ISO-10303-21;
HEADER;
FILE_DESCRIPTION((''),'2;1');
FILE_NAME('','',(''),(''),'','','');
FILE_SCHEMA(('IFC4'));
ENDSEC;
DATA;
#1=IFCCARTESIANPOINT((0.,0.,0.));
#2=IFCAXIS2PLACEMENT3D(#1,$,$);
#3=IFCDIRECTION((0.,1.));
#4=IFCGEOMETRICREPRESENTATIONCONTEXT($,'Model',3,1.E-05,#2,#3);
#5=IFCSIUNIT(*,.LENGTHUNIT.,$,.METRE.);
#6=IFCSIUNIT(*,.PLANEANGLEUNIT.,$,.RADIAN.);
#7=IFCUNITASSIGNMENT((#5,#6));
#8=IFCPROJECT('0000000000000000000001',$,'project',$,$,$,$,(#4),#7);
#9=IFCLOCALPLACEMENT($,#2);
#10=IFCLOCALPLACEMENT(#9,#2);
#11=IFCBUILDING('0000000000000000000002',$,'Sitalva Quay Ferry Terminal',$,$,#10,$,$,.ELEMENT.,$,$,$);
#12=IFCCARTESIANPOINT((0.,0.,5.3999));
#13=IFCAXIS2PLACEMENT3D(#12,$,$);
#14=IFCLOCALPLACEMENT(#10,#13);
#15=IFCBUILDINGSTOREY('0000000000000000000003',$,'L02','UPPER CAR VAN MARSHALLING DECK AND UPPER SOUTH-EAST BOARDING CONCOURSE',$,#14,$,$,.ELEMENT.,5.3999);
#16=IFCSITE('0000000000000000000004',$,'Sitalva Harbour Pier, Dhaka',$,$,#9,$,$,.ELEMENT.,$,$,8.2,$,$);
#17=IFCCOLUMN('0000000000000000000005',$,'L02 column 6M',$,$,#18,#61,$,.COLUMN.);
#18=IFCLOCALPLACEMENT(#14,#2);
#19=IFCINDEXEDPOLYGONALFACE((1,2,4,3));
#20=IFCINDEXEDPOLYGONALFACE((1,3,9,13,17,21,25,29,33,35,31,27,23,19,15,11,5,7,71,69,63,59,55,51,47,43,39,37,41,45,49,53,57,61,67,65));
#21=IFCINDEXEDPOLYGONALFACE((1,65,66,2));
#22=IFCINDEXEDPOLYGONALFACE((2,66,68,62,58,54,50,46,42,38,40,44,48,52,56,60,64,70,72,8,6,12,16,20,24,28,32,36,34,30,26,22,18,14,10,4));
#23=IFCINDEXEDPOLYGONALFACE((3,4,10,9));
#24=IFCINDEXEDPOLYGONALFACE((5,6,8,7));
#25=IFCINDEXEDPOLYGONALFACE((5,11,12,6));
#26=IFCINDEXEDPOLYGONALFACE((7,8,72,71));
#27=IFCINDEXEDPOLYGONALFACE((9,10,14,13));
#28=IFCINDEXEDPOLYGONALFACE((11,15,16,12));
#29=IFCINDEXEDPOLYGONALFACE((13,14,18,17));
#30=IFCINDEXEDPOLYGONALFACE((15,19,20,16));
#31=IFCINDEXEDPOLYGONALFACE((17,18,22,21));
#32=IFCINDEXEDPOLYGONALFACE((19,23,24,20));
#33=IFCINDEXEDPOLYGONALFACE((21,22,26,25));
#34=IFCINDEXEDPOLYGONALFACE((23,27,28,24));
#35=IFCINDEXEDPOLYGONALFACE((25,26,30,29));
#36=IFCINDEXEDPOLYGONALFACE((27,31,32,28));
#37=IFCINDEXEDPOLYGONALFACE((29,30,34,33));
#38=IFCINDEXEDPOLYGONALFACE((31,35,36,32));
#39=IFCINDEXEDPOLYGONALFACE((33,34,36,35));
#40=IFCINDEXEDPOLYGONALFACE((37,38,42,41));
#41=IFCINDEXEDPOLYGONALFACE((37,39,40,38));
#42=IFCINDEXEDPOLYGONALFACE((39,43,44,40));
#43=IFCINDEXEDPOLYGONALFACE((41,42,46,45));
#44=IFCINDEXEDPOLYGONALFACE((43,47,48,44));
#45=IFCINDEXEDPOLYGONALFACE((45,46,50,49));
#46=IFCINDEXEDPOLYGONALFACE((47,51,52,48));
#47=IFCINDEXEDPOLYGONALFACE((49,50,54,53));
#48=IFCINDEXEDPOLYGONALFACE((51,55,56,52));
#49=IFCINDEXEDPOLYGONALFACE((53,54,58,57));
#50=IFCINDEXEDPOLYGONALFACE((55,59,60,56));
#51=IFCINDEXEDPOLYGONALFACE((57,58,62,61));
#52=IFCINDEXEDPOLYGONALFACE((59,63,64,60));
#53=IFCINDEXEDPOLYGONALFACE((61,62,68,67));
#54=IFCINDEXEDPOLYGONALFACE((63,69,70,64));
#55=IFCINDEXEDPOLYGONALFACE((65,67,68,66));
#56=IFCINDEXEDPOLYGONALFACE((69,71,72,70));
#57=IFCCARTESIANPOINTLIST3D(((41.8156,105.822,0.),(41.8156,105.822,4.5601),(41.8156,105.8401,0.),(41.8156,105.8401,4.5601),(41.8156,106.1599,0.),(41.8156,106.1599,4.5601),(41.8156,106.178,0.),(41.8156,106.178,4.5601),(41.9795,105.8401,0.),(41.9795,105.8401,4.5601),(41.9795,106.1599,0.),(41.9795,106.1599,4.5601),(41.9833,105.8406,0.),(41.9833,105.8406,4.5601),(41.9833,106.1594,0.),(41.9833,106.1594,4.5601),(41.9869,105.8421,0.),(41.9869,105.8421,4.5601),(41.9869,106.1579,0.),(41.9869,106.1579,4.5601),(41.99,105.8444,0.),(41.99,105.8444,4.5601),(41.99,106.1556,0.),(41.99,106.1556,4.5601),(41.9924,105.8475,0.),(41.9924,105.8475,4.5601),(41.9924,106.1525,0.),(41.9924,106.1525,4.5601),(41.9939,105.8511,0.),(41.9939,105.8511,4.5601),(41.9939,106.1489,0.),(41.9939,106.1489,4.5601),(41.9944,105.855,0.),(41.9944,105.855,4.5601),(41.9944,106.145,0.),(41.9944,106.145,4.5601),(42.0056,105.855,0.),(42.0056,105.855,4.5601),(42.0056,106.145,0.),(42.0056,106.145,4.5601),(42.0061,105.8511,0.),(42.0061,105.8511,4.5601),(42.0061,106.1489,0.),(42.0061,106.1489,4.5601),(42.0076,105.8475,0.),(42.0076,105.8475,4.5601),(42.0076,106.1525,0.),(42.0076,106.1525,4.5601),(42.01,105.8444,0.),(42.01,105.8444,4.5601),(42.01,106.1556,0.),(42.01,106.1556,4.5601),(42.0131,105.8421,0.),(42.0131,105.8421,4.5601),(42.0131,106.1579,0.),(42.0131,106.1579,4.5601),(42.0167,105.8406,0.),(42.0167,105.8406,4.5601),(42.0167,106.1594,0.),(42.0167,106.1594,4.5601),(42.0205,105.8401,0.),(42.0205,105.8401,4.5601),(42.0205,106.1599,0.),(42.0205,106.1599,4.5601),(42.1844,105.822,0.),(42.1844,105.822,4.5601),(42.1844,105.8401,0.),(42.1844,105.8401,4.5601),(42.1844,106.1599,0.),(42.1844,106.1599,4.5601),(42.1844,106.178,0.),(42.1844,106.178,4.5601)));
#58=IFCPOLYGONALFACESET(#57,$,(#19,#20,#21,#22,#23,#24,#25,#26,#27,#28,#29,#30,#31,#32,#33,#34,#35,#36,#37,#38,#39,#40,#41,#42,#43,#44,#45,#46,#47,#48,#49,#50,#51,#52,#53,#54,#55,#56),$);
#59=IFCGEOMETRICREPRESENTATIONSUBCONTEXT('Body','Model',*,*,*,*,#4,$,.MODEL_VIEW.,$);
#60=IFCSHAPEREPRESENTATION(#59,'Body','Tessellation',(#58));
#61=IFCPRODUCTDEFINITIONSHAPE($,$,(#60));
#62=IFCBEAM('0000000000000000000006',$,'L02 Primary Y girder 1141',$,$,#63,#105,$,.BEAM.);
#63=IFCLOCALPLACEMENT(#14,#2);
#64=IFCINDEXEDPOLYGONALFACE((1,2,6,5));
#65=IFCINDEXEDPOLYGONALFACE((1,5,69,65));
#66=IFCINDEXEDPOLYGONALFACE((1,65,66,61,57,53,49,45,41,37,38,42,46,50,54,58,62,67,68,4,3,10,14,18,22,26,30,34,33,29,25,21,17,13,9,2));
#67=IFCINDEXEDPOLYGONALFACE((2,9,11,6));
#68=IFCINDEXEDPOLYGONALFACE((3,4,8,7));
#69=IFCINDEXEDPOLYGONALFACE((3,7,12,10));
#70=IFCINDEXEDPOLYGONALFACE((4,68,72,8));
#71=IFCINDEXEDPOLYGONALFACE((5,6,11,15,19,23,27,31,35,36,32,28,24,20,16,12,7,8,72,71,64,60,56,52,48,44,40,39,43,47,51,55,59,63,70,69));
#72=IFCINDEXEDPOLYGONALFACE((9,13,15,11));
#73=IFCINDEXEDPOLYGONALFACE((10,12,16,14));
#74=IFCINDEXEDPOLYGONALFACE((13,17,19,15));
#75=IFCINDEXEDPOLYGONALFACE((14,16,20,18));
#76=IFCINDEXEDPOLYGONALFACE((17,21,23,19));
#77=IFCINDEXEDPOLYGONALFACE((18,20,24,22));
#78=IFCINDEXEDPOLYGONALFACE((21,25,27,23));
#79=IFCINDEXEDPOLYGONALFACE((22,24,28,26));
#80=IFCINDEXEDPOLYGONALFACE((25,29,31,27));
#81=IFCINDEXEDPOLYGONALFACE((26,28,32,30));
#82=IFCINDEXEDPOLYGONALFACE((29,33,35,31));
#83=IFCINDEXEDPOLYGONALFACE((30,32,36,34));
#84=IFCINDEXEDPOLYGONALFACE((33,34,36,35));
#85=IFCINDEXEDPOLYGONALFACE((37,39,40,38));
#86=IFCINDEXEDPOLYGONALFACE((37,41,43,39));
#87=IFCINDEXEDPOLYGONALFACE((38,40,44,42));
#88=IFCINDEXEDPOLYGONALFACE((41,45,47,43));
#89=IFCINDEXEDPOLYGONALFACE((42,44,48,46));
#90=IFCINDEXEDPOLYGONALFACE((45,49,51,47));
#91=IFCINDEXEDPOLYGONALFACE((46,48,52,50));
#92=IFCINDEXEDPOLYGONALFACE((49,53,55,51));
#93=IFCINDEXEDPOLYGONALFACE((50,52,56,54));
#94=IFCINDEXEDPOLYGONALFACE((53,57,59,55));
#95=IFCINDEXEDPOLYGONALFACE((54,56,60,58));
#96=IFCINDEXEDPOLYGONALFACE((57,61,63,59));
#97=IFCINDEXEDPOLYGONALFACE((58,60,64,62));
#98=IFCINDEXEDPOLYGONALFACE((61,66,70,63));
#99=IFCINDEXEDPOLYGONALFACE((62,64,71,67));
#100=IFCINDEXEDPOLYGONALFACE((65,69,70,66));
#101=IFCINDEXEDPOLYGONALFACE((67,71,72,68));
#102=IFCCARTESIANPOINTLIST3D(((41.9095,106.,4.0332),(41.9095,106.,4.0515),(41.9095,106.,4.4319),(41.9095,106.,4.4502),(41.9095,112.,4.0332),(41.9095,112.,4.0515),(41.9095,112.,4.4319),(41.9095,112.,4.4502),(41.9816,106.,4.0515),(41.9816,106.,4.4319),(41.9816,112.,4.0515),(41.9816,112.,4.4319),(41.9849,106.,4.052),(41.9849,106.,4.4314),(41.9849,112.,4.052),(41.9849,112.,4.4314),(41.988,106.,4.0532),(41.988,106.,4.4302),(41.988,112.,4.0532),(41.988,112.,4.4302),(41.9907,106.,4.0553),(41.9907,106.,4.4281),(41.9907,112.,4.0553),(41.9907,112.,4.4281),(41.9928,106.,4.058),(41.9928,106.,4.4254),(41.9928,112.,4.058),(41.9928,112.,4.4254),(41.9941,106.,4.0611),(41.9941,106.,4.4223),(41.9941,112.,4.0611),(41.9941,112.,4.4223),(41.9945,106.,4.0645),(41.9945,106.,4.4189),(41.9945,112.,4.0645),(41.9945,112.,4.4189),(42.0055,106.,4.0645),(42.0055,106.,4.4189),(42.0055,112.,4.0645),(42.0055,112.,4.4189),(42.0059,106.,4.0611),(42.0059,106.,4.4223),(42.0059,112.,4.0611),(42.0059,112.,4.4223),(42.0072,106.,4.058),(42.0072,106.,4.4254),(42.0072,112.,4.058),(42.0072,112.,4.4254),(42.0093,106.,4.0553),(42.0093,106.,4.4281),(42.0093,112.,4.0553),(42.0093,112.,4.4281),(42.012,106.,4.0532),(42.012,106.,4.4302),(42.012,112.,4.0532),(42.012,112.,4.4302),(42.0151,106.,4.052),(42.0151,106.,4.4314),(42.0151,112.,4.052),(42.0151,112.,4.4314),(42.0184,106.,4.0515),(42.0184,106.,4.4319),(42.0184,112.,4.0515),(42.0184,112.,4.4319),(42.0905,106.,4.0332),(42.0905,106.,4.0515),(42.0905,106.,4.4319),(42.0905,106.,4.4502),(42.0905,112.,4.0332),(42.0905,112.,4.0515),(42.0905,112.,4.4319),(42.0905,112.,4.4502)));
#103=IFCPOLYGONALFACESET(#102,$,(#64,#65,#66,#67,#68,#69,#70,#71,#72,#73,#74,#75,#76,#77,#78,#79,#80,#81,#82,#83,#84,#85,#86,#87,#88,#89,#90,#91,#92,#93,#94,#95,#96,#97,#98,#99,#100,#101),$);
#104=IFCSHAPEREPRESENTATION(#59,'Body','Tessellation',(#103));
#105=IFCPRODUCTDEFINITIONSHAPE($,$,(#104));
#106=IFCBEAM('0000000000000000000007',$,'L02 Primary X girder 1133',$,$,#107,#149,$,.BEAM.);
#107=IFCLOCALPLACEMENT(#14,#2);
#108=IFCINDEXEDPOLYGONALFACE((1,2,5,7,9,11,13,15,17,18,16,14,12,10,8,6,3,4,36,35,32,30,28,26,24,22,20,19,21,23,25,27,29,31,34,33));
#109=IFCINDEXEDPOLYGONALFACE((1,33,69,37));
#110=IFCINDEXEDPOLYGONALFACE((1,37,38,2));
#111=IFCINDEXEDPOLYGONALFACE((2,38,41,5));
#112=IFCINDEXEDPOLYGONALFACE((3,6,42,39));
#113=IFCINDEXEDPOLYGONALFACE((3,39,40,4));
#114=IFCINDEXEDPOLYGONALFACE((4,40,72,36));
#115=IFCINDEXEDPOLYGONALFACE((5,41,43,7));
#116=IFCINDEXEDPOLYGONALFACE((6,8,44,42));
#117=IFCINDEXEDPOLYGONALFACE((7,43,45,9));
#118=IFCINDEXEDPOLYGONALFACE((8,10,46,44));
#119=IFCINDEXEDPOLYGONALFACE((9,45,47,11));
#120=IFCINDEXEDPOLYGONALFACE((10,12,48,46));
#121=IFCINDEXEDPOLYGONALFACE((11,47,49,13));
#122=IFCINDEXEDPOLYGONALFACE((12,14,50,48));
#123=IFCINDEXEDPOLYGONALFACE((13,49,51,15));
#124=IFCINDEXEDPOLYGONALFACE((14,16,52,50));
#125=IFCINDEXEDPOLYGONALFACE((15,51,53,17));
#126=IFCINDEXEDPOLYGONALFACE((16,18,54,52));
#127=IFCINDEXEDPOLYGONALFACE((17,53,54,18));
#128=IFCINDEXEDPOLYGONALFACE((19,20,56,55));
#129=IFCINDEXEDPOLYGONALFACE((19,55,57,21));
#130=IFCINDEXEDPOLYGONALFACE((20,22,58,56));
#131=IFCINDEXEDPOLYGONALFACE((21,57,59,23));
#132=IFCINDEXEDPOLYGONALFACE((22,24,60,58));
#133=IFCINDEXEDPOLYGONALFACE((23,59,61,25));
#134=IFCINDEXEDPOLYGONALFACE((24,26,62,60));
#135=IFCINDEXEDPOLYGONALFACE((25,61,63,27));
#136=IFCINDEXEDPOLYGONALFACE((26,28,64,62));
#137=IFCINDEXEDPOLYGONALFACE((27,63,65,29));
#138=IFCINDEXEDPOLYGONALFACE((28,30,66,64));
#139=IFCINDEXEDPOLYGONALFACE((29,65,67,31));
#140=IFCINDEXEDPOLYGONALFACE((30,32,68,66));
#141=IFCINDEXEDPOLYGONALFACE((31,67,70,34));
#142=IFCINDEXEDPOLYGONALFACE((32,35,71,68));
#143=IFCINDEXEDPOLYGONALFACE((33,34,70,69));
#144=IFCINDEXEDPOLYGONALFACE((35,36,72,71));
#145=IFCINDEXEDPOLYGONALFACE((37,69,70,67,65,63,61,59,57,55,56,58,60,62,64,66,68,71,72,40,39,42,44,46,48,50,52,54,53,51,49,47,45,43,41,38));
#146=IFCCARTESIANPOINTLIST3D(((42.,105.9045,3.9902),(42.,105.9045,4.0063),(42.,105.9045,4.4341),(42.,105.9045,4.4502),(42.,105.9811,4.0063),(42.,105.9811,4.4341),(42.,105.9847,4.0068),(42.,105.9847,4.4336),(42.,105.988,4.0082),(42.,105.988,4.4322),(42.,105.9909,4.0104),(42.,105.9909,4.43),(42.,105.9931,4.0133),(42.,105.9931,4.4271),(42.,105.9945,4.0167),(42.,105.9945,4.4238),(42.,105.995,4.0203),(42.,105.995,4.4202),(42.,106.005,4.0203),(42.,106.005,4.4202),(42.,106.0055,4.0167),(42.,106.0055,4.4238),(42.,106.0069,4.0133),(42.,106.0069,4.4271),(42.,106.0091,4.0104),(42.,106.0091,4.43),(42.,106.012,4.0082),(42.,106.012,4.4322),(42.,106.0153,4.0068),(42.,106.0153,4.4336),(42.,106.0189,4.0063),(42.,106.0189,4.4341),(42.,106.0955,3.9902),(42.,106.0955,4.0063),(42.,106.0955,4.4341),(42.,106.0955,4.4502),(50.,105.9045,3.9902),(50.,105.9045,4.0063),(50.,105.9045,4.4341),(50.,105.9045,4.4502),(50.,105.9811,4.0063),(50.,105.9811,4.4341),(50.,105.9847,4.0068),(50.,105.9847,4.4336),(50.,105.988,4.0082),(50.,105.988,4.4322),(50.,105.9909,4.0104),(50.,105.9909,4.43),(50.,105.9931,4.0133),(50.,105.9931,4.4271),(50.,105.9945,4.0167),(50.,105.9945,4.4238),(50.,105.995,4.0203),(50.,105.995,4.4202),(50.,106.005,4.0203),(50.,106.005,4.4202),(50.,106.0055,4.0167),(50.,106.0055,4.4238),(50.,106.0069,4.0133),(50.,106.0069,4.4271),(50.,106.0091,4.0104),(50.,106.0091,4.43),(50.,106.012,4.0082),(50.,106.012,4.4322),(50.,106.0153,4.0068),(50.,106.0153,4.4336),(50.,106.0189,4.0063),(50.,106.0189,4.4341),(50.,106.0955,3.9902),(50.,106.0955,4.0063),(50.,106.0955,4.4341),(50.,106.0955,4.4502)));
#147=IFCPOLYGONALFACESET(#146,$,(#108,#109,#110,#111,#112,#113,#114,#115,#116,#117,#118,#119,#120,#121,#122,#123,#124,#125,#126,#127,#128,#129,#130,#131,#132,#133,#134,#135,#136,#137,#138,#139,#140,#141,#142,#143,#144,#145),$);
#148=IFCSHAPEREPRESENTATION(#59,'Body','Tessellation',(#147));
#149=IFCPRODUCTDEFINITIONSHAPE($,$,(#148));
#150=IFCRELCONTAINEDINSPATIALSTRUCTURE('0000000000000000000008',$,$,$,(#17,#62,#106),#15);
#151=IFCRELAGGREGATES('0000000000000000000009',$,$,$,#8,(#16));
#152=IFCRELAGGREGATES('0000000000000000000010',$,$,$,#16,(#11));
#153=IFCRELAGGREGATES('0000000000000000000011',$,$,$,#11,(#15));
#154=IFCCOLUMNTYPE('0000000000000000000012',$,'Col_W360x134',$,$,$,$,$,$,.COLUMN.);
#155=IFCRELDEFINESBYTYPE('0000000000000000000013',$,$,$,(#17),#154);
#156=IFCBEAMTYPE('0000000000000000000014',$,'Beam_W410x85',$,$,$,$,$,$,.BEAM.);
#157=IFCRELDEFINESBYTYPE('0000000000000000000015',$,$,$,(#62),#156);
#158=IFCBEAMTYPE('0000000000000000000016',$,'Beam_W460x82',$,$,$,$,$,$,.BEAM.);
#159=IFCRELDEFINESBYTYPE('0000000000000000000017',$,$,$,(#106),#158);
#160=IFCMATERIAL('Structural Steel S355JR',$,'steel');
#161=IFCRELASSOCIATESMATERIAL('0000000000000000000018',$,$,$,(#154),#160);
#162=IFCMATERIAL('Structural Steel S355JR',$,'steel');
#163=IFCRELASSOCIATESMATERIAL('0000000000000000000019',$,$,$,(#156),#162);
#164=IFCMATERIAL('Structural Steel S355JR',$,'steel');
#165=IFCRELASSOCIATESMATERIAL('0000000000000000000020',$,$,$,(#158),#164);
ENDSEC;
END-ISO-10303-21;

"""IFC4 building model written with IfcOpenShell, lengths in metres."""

from ifc_helpers import new_model, si_unit, direction, frame, origin, origin_2d, place, context, subcontext, project, spatial, i_section, extrude, material, material_profile, profile_set, type_object, element, save


model = new_model("IFC4")

# Units and contexts
model_context = context("Model", 3, precision=1e-05, world=origin(), true_north=direction((0.0, 1.0)))
body_context = subcontext(model_context, "Body", "Model", "MODEL_VIEW")
ifc_project = project(units=[si_unit("LENGTHUNIT", "METRE"), si_unit("PLANEANGLEUNIT", "RADIAN")], contexts=[model_context])

# Site, building, storey
site_placement = place(None, origin())
site = spatial("IfcSite", under=ifc_project, at=site_placement, Name="Sitalva Harbour Pier, Dhaka", CompositionType="ELEMENT", RefElevation=8.2)
building_placement = place(site_placement, origin())
building = spatial("IfcBuilding", under=site, at=building_placement, Name="Sitalva Quay Ferry Terminal", CompositionType="ELEMENT")
storey_placement = place(building_placement, frame((0.0, 0.0, 5.3999)))
storey = spatial("IfcBuildingStorey", under=building, at=storey_placement, Name="L02", Description="UPPER CAR VAN MARSHALLING DECK AND UPPER SOUTH-EAST BOARDING CONCOURSE", CompositionType="ELEMENT", Elevation=5.3999)

# Column
ifc_material_1 = material(Name="Structural Steel S355JR", Category="steel")
ifc_material_profile_1 = material_profile(ifc_material_1, i_section(OverallWidth=0.3689, OverallDepth=0.356, WebThickness=0.0112, FlangeThickness=0.0181, FilletRadius=0.0149, at=origin_2d()), Name="W360x134")
ifc_profile_set_1 = profile_set([ifc_material_profile_1], Name="Structural Steel S355JR")
column_type = type_object("IfcColumnType", Name="Col_W360x134", PredefinedType="COLUMN", material=ifc_profile_set_1)
column_placement = place(storey_placement, frame((42.0, 106.0, 0.0), z_axis=(0.0, 0.0, 1.0), x_axis=(1.0, 0.0, 0.0)))
element("IfcColumn", 1, at=column_placement, inside=storey, type_object=column_type, Name="L02 column 6M", PredefinedType="COLUMN", context=body_context, shape_type="SweptSolid", body=[
    extrude(i_section(OverallWidth=0.3689, OverallDepth=0.356, WebThickness=0.0112, FlangeThickness=0.0181, FilletRadius=0.0149, at=origin_2d()), origin(), (0.0, 0.0, 1.0), 4.5601),
])

# Beams
ifc_material_2 = material(Name="Structural Steel S355JR", Category="steel")
ifc_material_profile_2 = material_profile(ifc_material_2, i_section(OverallWidth=0.1809, OverallDepth=0.417, WebThickness=0.011, FlangeThickness=0.0183, FilletRadius=0.0129, at=origin_2d()), Name="W410x85")
ifc_profile_set_2 = profile_set([ifc_material_profile_2], Name="Structural Steel S355JR")
beam_type_1 = type_object("IfcBeamType", Name="Beam_W410x85", PredefinedType="BEAM", material=ifc_profile_set_2)
beam_1_placement = place(storey_placement, frame((42.0, 106.0, 4.2417), z_axis=(0.0, 1.0, 0.0), x_axis=(-1.0, 0.0, 0.0)))
element("IfcBeam", 2, at=beam_1_placement, inside=storey, type_object=beam_type_1, Name="L02 Primary Y girder 1141", PredefinedType="BEAM", context=body_context, shape_type="SweptSolid", body=[
    extrude(i_section(OverallWidth=0.1809, OverallDepth=0.417, WebThickness=0.011, FlangeThickness=0.0183, FilletRadius=0.0129, at=origin_2d()), origin(), (0.0, 0.0, 1.0), 6.0),
])
ifc_material_3 = material(Name="Structural Steel S355JR", Category="steel")
ifc_material_profile_3 = material_profile(ifc_material_3, i_section(OverallWidth=0.1909, OverallDepth=0.46, WebThickness=0.01, FlangeThickness=0.0161, FilletRadius=0.0139, at=origin_2d()), Name="W460x82")
ifc_profile_set_3 = profile_set([ifc_material_profile_3], Name="Structural Steel S355JR")
beam_type_2 = type_object("IfcBeamType", Name="Beam_W460x82", PredefinedType="BEAM", material=ifc_profile_set_3)
beam_2_placement = place(storey_placement, frame((42.0, 106.0, 4.2202), z_axis=(1.0, 0.0, 0.0), x_axis=(0.0, 1.0, 0.0)))
element("IfcBeam", 3, at=beam_2_placement, inside=storey, type_object=beam_type_2, Name="L02 Primary X girder 1133", PredefinedType="BEAM", context=body_context, shape_type="SweptSolid", body=[
    extrude(i_section(OverallWidth=0.1909, OverallDepth=0.46, WebThickness=0.01, FlangeThickness=0.0161, FilletRadius=0.0139, at=origin_2d()), origin(), (0.0, 0.0, 1.0), 8.0),
])

save(model, "model.ifc")
